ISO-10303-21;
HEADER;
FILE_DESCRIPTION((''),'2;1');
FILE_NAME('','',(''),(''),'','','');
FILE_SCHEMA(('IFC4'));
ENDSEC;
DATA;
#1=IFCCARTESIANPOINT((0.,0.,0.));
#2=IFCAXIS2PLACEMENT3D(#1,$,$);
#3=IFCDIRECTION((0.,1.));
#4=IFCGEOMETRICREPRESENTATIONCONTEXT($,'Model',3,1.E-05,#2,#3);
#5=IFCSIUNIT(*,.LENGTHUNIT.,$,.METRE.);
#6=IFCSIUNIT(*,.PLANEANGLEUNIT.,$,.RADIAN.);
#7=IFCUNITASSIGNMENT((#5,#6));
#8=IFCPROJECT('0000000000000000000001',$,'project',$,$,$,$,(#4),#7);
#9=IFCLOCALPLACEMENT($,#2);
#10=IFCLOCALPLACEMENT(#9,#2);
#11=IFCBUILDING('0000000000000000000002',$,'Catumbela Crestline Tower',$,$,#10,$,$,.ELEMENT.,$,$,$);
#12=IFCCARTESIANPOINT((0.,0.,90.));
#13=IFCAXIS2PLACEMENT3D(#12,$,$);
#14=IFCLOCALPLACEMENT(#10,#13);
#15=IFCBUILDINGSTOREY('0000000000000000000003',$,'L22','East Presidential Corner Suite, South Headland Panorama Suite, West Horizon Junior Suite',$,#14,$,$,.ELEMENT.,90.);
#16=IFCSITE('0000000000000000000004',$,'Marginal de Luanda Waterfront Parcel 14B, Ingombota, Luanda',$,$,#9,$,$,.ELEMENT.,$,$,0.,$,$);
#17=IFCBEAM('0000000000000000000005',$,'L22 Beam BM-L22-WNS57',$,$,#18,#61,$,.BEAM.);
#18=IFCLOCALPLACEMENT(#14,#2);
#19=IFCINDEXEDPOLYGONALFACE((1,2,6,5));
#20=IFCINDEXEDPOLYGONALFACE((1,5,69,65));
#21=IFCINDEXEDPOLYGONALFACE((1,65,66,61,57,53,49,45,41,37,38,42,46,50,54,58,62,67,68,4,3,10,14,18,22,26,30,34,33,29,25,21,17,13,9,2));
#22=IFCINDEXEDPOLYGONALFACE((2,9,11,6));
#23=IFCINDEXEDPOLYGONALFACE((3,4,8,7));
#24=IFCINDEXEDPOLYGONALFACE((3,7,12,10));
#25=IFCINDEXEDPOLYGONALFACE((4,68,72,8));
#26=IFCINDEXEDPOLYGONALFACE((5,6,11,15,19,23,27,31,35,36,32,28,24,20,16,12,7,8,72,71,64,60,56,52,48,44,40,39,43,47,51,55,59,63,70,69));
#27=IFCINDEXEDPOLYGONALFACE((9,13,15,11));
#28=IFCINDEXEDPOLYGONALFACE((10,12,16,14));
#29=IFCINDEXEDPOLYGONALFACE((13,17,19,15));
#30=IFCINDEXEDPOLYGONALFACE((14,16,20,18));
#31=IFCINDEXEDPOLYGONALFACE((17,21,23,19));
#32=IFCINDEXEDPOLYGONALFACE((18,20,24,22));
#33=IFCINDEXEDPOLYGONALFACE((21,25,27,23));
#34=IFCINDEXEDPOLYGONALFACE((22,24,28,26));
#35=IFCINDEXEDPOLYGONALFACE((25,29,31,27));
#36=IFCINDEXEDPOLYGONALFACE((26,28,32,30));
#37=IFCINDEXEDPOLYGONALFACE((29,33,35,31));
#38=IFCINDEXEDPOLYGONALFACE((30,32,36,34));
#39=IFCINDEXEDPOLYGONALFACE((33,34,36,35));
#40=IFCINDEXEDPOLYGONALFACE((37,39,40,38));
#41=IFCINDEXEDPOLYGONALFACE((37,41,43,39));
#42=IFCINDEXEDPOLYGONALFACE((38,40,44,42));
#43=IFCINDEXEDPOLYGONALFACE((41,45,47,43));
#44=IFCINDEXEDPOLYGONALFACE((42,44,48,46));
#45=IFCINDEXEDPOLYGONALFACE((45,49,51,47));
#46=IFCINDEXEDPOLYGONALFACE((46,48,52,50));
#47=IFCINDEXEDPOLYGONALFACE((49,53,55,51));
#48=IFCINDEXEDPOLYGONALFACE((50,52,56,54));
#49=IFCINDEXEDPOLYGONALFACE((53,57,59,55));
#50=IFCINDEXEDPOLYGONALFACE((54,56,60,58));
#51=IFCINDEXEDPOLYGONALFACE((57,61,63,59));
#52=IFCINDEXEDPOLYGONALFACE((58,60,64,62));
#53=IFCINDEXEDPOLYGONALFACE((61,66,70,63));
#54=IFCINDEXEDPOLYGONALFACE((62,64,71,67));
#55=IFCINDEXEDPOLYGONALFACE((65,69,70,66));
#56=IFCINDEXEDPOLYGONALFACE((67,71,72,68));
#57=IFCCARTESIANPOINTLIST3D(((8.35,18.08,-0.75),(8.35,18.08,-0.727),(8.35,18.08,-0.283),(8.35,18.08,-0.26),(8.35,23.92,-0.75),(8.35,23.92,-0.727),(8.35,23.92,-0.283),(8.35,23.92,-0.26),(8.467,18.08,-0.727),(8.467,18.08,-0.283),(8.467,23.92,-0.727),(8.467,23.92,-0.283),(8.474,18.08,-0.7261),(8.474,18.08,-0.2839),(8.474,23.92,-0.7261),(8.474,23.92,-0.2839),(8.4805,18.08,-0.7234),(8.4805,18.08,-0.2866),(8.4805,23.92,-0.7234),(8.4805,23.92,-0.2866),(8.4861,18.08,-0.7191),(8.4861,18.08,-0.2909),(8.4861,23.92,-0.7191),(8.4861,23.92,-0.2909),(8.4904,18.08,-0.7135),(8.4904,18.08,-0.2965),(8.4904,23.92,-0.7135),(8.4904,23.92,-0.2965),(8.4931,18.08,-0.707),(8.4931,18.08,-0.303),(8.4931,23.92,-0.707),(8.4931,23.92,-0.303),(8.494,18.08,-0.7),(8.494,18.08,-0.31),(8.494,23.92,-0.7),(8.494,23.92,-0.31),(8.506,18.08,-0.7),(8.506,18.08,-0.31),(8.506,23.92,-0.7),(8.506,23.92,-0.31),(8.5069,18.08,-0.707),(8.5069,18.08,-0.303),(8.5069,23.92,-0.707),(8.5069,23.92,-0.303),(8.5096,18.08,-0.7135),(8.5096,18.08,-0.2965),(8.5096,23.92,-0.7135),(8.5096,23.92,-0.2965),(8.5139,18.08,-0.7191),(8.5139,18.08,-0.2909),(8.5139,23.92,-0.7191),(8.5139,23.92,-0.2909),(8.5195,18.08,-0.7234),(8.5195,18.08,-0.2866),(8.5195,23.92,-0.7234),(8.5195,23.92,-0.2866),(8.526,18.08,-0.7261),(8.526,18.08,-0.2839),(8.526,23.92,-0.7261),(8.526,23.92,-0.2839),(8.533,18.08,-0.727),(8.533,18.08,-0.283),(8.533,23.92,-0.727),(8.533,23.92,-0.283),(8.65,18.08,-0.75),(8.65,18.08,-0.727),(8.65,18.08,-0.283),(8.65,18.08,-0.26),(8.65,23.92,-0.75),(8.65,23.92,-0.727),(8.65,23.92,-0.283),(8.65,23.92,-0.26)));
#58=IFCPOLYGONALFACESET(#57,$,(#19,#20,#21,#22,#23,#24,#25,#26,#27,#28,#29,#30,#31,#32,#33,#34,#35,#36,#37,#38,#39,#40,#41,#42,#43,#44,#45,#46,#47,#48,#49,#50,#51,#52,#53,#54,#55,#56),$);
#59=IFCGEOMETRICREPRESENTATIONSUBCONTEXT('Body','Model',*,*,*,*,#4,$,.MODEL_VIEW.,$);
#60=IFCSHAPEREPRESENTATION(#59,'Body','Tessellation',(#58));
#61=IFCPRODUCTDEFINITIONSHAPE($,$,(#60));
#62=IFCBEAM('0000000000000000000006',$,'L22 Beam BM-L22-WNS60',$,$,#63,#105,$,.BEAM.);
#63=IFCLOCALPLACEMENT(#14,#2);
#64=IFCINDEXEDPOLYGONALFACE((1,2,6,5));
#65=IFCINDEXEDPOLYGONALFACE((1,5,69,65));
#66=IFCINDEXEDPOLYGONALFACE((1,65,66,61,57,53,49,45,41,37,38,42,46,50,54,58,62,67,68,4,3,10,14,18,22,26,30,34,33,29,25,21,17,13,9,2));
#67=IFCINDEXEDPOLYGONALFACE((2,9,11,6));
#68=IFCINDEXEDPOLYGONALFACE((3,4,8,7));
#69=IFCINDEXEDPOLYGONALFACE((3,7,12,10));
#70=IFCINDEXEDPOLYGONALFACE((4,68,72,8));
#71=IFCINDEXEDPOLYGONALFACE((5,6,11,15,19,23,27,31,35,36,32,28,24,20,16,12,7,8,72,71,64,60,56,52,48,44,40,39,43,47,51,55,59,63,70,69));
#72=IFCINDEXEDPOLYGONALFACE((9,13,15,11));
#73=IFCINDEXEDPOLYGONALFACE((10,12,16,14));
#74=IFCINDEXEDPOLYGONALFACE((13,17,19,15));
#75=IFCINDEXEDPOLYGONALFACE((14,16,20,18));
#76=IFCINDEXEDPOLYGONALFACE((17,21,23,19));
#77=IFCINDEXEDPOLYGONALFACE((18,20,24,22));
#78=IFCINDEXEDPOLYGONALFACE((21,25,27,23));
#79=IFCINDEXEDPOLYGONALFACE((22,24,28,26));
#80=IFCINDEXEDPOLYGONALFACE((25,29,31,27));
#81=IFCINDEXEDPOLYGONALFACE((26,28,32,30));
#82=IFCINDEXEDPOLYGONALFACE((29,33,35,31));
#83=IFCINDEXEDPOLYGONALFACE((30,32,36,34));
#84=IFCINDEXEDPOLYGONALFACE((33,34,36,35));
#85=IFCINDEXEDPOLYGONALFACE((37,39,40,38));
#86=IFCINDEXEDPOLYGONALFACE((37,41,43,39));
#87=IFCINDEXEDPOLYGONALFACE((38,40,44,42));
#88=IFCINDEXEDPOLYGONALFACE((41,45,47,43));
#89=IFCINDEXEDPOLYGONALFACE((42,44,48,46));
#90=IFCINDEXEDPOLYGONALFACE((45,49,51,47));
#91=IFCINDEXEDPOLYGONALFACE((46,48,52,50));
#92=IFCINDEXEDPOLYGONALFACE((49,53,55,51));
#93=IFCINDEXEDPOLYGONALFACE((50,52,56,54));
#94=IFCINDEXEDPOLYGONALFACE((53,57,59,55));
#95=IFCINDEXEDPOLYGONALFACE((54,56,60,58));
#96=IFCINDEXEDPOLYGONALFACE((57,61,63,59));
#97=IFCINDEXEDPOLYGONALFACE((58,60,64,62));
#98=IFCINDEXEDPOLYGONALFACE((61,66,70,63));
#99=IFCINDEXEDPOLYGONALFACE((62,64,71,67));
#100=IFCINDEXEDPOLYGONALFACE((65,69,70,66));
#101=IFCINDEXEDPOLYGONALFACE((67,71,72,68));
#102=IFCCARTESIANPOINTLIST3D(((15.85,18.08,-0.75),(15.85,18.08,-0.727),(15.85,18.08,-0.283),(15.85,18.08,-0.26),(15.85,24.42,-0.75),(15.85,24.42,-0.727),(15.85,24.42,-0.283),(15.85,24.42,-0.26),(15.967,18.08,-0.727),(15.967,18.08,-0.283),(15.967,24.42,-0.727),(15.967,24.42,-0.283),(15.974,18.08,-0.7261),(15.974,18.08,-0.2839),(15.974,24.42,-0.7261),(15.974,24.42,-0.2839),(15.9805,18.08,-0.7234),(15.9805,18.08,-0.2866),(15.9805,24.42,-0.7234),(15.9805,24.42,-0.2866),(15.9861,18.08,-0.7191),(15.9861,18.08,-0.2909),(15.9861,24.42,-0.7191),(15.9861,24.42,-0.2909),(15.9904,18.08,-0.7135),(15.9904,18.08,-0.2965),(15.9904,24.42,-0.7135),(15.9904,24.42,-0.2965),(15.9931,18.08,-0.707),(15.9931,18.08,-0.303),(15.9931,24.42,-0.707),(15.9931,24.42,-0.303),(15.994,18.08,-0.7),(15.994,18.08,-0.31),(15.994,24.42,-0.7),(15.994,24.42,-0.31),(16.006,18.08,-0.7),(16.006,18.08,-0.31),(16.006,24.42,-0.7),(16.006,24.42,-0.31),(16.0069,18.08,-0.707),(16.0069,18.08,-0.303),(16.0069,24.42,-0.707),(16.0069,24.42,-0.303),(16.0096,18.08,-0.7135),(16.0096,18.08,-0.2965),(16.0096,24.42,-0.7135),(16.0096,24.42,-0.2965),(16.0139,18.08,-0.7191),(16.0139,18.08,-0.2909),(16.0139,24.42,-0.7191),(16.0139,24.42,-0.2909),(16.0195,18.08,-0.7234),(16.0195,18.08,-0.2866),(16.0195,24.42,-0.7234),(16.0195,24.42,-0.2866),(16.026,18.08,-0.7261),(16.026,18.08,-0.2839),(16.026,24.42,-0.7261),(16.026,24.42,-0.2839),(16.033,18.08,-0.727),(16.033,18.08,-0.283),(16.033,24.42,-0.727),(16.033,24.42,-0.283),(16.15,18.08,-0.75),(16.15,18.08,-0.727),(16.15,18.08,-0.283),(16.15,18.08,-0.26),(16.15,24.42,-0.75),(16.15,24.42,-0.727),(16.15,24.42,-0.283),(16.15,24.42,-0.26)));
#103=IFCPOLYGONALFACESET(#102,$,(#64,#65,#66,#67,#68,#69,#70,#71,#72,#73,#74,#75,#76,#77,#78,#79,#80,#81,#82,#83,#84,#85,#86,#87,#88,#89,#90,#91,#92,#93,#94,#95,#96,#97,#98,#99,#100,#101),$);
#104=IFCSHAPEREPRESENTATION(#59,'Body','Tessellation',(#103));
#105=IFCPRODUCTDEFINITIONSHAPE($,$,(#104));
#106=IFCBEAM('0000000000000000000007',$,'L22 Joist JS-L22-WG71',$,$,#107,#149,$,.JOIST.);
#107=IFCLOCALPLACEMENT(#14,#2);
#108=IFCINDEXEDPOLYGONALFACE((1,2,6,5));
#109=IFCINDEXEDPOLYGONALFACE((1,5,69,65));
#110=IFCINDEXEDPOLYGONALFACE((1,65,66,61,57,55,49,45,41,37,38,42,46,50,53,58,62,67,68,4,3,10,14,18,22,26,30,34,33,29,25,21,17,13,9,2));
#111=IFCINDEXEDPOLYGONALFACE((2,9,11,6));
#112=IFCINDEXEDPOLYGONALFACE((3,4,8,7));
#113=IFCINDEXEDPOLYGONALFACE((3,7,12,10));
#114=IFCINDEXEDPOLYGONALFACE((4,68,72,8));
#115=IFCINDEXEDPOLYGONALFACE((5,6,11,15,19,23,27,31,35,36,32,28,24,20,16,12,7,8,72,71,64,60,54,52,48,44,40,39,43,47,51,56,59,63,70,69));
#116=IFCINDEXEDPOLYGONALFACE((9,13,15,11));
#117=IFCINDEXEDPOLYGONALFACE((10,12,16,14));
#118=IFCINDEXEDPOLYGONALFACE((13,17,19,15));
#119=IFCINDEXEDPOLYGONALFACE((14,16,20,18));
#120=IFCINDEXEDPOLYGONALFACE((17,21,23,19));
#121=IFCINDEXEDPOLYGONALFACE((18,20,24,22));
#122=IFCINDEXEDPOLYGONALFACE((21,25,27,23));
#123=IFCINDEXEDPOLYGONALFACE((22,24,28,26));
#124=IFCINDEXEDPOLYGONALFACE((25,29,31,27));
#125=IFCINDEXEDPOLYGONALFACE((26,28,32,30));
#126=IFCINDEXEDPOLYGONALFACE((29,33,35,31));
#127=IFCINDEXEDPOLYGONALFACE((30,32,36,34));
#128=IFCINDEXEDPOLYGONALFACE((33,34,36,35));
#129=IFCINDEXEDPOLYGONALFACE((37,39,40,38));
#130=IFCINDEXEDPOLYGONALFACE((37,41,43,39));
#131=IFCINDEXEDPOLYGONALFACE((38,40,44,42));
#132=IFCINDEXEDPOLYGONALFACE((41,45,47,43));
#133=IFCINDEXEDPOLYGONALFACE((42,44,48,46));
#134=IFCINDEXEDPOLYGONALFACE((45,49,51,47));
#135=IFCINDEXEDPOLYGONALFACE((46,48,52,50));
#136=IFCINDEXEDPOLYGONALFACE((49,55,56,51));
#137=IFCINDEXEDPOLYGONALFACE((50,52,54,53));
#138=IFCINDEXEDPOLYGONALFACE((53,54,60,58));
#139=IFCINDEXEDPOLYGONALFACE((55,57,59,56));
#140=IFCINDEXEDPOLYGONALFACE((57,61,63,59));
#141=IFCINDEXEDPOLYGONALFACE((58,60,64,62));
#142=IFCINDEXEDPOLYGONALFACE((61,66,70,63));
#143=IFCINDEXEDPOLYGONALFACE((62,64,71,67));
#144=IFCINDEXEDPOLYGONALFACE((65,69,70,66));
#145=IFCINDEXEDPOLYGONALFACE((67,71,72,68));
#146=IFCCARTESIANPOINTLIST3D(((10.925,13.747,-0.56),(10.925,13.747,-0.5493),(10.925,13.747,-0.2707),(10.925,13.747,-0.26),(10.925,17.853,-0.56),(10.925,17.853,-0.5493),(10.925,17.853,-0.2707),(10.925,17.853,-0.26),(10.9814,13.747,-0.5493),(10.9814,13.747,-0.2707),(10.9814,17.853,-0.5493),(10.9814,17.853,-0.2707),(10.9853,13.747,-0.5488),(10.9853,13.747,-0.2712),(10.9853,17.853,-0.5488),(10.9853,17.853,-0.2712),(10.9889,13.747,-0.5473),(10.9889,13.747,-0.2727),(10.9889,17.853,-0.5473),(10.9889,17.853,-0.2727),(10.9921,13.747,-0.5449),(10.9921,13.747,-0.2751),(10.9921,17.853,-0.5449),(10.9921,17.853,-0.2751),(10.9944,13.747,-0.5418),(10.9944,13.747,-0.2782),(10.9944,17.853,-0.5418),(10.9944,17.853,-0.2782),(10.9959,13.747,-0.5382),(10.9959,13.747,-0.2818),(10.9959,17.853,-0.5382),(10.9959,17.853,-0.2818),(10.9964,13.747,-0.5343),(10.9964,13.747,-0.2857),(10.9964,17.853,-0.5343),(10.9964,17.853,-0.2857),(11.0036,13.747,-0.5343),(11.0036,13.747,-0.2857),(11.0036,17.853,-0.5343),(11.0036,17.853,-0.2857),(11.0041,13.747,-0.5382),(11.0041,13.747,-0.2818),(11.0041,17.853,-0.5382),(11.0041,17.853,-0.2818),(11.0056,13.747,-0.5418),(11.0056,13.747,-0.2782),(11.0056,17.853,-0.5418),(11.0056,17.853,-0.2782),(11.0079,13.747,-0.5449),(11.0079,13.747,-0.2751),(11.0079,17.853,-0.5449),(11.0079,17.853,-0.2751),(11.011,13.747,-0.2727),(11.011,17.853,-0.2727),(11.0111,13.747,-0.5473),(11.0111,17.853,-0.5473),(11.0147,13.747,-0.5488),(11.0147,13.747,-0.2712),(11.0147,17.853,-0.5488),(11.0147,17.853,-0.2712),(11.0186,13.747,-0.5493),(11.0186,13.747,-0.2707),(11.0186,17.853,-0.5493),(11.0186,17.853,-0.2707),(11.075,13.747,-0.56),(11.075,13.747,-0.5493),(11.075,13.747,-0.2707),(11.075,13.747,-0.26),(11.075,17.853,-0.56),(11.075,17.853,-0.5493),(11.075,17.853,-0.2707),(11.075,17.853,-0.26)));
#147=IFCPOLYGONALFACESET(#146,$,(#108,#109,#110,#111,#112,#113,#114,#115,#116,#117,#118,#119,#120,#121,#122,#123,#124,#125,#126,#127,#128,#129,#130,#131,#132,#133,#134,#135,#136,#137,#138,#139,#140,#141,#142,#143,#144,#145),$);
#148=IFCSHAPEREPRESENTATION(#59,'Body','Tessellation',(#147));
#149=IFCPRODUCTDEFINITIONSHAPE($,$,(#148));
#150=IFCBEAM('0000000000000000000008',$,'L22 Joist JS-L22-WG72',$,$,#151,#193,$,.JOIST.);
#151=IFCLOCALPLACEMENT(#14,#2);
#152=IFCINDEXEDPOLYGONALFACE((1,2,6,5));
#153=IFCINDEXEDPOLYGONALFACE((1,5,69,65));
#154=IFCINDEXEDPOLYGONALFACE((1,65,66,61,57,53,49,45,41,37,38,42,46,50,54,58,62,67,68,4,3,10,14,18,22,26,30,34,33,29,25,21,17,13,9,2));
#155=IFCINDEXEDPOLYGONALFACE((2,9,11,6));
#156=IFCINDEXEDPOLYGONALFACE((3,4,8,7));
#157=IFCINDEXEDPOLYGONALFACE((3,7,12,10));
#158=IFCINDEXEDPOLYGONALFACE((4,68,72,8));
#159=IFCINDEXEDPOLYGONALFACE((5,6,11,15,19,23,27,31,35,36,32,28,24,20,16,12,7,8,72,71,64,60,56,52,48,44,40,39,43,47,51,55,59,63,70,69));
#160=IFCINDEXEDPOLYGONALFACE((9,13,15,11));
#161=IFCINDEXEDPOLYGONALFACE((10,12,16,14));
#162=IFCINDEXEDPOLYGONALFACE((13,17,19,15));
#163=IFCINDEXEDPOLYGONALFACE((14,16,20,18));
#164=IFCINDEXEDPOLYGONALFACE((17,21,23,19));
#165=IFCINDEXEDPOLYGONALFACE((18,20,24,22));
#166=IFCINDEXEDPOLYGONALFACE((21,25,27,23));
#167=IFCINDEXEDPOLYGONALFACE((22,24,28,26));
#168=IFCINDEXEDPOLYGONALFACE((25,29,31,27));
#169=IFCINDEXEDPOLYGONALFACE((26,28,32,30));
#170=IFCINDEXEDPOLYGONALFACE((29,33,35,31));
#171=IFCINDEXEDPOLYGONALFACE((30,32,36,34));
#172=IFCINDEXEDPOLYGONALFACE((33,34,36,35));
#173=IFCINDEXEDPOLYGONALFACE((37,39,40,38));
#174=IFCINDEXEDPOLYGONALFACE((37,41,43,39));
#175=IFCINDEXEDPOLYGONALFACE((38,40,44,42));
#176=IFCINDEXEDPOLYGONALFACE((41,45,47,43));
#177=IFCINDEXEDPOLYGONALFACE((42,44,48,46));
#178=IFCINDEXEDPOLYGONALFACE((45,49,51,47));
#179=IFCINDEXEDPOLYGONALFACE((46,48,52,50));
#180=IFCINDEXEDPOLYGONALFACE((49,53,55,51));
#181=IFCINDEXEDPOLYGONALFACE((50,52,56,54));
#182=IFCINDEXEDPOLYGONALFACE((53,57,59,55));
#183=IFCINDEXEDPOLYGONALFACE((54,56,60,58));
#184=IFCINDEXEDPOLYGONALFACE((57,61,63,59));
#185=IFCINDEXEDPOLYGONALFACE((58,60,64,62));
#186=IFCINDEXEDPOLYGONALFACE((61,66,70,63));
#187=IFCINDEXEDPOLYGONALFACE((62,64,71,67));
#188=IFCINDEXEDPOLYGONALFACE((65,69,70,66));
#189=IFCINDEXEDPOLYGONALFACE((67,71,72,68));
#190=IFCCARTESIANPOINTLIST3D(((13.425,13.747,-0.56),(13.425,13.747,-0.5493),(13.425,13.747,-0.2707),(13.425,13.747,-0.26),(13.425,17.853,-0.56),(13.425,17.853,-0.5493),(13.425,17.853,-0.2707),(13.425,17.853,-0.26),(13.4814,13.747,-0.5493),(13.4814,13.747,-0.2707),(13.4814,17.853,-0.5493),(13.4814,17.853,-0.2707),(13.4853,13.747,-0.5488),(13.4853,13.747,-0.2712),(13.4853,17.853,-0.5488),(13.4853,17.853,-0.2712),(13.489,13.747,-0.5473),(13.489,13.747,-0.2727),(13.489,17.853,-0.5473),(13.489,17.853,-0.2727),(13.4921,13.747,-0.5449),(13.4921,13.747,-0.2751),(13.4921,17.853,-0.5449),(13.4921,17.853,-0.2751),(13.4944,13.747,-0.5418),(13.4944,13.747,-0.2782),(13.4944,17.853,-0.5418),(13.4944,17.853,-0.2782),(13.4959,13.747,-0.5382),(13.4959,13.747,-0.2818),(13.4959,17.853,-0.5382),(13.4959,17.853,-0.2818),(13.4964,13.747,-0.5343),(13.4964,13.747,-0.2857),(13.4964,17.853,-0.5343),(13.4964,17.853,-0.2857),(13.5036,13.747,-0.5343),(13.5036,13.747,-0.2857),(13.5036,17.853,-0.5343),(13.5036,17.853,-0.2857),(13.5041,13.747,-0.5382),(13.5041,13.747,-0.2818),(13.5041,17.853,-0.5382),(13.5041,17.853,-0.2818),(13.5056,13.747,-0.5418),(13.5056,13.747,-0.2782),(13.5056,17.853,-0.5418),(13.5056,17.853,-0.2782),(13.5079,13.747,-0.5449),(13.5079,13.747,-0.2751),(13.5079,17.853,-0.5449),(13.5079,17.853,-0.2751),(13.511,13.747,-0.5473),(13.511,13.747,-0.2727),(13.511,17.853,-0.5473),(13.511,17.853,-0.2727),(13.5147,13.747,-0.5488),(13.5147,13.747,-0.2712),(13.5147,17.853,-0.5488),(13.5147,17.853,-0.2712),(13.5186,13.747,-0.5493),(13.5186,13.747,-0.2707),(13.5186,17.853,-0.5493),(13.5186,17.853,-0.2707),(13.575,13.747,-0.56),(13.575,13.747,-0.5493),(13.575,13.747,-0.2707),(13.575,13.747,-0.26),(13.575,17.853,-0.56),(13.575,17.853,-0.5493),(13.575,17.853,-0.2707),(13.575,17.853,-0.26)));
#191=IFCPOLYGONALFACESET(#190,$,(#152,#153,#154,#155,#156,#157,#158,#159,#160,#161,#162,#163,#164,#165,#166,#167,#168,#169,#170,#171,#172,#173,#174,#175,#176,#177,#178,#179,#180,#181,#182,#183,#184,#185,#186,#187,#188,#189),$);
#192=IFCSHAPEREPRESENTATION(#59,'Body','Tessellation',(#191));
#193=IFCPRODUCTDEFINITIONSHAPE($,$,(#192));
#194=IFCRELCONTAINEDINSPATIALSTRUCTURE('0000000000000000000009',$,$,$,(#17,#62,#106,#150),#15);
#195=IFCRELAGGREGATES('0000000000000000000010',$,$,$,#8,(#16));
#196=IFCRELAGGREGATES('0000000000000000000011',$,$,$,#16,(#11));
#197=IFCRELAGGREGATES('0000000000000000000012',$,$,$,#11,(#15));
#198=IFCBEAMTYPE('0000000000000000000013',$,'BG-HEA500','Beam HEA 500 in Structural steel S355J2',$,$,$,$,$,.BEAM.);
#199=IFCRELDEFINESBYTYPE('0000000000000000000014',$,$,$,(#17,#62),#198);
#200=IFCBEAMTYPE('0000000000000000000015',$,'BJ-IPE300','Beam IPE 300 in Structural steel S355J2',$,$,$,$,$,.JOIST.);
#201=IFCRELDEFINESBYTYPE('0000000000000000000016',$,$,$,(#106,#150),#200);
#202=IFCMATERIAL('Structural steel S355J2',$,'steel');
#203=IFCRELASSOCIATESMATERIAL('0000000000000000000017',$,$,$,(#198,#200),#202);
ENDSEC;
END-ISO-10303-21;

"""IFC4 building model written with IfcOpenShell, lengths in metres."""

from ifc_helpers import new_model, si_unit, direction, frame, origin, origin_2d, place, context, subcontext, project, spatial, i_section, extrude, material, material_profile, profile_set, type_object, element, save


model = new_model("IFC4")

# Units and contexts
model_context = context("Model", 3, precision=1e-05, world=origin(), true_north=direction((0.0, 1.0)))
body_context = subcontext(model_context, "Body", "Model", "MODEL_VIEW")
ifc_project = project(units=[si_unit("LENGTHUNIT", "METRE"), si_unit("PLANEANGLEUNIT", "RADIAN")], contexts=[model_context])

# Site, building, storey
site_placement = place(None, origin())
site = spatial("IfcSite", under=ifc_project, at=site_placement, Name="Marginal de Luanda Waterfront Parcel 14B, Ingombota, Luanda", CompositionType="ELEMENT", RefElevation=0.0)
building_placement = place(site_placement, origin())
building = spatial("IfcBuilding", under=site, at=building_placement, Name="Catumbela Crestline Tower", CompositionType="ELEMENT")
storey_placement = place(building_placement, frame((0.0, 0.0, 90.0)))
storey = spatial("IfcBuildingStorey", under=building, at=storey_placement, Name="L22", Description="East Presidential Corner Suite, South Headland Panorama Suite, West Horizon Junior Suite", CompositionType="ELEMENT", Elevation=90.0)

# Beams
ifc_material_1 = material(Name="Structural steel S355J2", Category="steel")
ifc_material_profile_1 = material_profile(ifc_material_1, i_section(OverallWidth=0.3, OverallDepth=0.49, WebThickness=0.012, FlangeThickness=0.023, FilletRadius=0.027, at=origin_2d()), Name="HEA 500")
ifc_profile_set_1 = profile_set([ifc_material_profile_1], Name="Structural steel S355J2")
beam_type_1 = type_object("IfcBeamType", Name="BG-HEA500", Description="Beam HEA 500 in Structural steel S355J2", PredefinedType="BEAM", material=ifc_profile_set_1)
beam_1_placement = place(storey_placement, frame((8.5, 18.08, -0.505), z_axis=(0.0, 1.0, 0.0), x_axis=(-1.0, 0.0, 0.0)))
element("IfcBeam", 1, at=beam_1_placement, inside=storey, type_object=beam_type_1, Name="L22 Beam BM-L22-WNS57", PredefinedType="BEAM", context=body_context, shape_type="SweptSolid", body=[
    extrude(i_section(OverallWidth=0.3, OverallDepth=0.49, WebThickness=0.012, FlangeThickness=0.023, FilletRadius=0.027, at=origin_2d()), origin(), (0.0, 0.0, 1.0), 5.84),
])
beam_2_placement = place(storey_placement, frame((16.0, 18.08, -0.505), z_axis=(0.0, 1.0, 0.0), x_axis=(-1.0, 0.0, 0.0)))
element("IfcBeam", 2, at=beam_2_placement, inside=storey, type_object=beam_type_1, Name="L22 Beam BM-L22-WNS60", PredefinedType="BEAM", context=body_context, shape_type="SweptSolid", body=[
    extrude(i_section(OverallWidth=0.3, OverallDepth=0.49, WebThickness=0.012, FlangeThickness=0.023, FilletRadius=0.027, at=origin_2d()), origin(), (0.0, 0.0, 1.0), 6.34),
])
ifc_material_profile_2 = material_profile(ifc_material_1, i_section(OverallWidth=0.15, OverallDepth=0.3, WebThickness=0.0071, FlangeThickness=0.0107, FilletRadius=0.015, at=origin_2d()), Name="IPE 300")
ifc_profile_set_2 = profile_set([ifc_material_profile_2], Name="Structural steel S355J2")
beam_type_2 = type_object("IfcBeamType", Name="BJ-IPE300", Description="Beam IPE 300 in Structural steel S355J2", PredefinedType="JOIST", material=ifc_profile_set_2)
for number, where, z_axis, x_axis, name in (
    (3, (11.0, 13.747, -0.41), (0.0, 1.0, 0.0), (-1.0, 0.0, 0.0), "L22 Joist JS-L22-WG71"),
    (4, (13.5, 13.747, -0.41), (0.0, 1.0, 0.0), (-1.0, 0.0, 0.0), "L22 Joist JS-L22-WG72"),
):
    element("IfcBeam", number, at=place(storey_placement, frame(where, z_axis=z_axis, x_axis=x_axis)), inside=storey, type_object=beam_type_2, Name=name, PredefinedType="JOIST", context=body_context, shape_type="SweptSolid", body=[
        extrude(i_section(OverallWidth=0.15, OverallDepth=0.3, WebThickness=0.0071, FlangeThickness=0.0107, FilletRadius=0.015, at=origin_2d()), origin(), (0.0, 0.0, 1.0), 4.106),
    ])

save(model, "model.ifc")
